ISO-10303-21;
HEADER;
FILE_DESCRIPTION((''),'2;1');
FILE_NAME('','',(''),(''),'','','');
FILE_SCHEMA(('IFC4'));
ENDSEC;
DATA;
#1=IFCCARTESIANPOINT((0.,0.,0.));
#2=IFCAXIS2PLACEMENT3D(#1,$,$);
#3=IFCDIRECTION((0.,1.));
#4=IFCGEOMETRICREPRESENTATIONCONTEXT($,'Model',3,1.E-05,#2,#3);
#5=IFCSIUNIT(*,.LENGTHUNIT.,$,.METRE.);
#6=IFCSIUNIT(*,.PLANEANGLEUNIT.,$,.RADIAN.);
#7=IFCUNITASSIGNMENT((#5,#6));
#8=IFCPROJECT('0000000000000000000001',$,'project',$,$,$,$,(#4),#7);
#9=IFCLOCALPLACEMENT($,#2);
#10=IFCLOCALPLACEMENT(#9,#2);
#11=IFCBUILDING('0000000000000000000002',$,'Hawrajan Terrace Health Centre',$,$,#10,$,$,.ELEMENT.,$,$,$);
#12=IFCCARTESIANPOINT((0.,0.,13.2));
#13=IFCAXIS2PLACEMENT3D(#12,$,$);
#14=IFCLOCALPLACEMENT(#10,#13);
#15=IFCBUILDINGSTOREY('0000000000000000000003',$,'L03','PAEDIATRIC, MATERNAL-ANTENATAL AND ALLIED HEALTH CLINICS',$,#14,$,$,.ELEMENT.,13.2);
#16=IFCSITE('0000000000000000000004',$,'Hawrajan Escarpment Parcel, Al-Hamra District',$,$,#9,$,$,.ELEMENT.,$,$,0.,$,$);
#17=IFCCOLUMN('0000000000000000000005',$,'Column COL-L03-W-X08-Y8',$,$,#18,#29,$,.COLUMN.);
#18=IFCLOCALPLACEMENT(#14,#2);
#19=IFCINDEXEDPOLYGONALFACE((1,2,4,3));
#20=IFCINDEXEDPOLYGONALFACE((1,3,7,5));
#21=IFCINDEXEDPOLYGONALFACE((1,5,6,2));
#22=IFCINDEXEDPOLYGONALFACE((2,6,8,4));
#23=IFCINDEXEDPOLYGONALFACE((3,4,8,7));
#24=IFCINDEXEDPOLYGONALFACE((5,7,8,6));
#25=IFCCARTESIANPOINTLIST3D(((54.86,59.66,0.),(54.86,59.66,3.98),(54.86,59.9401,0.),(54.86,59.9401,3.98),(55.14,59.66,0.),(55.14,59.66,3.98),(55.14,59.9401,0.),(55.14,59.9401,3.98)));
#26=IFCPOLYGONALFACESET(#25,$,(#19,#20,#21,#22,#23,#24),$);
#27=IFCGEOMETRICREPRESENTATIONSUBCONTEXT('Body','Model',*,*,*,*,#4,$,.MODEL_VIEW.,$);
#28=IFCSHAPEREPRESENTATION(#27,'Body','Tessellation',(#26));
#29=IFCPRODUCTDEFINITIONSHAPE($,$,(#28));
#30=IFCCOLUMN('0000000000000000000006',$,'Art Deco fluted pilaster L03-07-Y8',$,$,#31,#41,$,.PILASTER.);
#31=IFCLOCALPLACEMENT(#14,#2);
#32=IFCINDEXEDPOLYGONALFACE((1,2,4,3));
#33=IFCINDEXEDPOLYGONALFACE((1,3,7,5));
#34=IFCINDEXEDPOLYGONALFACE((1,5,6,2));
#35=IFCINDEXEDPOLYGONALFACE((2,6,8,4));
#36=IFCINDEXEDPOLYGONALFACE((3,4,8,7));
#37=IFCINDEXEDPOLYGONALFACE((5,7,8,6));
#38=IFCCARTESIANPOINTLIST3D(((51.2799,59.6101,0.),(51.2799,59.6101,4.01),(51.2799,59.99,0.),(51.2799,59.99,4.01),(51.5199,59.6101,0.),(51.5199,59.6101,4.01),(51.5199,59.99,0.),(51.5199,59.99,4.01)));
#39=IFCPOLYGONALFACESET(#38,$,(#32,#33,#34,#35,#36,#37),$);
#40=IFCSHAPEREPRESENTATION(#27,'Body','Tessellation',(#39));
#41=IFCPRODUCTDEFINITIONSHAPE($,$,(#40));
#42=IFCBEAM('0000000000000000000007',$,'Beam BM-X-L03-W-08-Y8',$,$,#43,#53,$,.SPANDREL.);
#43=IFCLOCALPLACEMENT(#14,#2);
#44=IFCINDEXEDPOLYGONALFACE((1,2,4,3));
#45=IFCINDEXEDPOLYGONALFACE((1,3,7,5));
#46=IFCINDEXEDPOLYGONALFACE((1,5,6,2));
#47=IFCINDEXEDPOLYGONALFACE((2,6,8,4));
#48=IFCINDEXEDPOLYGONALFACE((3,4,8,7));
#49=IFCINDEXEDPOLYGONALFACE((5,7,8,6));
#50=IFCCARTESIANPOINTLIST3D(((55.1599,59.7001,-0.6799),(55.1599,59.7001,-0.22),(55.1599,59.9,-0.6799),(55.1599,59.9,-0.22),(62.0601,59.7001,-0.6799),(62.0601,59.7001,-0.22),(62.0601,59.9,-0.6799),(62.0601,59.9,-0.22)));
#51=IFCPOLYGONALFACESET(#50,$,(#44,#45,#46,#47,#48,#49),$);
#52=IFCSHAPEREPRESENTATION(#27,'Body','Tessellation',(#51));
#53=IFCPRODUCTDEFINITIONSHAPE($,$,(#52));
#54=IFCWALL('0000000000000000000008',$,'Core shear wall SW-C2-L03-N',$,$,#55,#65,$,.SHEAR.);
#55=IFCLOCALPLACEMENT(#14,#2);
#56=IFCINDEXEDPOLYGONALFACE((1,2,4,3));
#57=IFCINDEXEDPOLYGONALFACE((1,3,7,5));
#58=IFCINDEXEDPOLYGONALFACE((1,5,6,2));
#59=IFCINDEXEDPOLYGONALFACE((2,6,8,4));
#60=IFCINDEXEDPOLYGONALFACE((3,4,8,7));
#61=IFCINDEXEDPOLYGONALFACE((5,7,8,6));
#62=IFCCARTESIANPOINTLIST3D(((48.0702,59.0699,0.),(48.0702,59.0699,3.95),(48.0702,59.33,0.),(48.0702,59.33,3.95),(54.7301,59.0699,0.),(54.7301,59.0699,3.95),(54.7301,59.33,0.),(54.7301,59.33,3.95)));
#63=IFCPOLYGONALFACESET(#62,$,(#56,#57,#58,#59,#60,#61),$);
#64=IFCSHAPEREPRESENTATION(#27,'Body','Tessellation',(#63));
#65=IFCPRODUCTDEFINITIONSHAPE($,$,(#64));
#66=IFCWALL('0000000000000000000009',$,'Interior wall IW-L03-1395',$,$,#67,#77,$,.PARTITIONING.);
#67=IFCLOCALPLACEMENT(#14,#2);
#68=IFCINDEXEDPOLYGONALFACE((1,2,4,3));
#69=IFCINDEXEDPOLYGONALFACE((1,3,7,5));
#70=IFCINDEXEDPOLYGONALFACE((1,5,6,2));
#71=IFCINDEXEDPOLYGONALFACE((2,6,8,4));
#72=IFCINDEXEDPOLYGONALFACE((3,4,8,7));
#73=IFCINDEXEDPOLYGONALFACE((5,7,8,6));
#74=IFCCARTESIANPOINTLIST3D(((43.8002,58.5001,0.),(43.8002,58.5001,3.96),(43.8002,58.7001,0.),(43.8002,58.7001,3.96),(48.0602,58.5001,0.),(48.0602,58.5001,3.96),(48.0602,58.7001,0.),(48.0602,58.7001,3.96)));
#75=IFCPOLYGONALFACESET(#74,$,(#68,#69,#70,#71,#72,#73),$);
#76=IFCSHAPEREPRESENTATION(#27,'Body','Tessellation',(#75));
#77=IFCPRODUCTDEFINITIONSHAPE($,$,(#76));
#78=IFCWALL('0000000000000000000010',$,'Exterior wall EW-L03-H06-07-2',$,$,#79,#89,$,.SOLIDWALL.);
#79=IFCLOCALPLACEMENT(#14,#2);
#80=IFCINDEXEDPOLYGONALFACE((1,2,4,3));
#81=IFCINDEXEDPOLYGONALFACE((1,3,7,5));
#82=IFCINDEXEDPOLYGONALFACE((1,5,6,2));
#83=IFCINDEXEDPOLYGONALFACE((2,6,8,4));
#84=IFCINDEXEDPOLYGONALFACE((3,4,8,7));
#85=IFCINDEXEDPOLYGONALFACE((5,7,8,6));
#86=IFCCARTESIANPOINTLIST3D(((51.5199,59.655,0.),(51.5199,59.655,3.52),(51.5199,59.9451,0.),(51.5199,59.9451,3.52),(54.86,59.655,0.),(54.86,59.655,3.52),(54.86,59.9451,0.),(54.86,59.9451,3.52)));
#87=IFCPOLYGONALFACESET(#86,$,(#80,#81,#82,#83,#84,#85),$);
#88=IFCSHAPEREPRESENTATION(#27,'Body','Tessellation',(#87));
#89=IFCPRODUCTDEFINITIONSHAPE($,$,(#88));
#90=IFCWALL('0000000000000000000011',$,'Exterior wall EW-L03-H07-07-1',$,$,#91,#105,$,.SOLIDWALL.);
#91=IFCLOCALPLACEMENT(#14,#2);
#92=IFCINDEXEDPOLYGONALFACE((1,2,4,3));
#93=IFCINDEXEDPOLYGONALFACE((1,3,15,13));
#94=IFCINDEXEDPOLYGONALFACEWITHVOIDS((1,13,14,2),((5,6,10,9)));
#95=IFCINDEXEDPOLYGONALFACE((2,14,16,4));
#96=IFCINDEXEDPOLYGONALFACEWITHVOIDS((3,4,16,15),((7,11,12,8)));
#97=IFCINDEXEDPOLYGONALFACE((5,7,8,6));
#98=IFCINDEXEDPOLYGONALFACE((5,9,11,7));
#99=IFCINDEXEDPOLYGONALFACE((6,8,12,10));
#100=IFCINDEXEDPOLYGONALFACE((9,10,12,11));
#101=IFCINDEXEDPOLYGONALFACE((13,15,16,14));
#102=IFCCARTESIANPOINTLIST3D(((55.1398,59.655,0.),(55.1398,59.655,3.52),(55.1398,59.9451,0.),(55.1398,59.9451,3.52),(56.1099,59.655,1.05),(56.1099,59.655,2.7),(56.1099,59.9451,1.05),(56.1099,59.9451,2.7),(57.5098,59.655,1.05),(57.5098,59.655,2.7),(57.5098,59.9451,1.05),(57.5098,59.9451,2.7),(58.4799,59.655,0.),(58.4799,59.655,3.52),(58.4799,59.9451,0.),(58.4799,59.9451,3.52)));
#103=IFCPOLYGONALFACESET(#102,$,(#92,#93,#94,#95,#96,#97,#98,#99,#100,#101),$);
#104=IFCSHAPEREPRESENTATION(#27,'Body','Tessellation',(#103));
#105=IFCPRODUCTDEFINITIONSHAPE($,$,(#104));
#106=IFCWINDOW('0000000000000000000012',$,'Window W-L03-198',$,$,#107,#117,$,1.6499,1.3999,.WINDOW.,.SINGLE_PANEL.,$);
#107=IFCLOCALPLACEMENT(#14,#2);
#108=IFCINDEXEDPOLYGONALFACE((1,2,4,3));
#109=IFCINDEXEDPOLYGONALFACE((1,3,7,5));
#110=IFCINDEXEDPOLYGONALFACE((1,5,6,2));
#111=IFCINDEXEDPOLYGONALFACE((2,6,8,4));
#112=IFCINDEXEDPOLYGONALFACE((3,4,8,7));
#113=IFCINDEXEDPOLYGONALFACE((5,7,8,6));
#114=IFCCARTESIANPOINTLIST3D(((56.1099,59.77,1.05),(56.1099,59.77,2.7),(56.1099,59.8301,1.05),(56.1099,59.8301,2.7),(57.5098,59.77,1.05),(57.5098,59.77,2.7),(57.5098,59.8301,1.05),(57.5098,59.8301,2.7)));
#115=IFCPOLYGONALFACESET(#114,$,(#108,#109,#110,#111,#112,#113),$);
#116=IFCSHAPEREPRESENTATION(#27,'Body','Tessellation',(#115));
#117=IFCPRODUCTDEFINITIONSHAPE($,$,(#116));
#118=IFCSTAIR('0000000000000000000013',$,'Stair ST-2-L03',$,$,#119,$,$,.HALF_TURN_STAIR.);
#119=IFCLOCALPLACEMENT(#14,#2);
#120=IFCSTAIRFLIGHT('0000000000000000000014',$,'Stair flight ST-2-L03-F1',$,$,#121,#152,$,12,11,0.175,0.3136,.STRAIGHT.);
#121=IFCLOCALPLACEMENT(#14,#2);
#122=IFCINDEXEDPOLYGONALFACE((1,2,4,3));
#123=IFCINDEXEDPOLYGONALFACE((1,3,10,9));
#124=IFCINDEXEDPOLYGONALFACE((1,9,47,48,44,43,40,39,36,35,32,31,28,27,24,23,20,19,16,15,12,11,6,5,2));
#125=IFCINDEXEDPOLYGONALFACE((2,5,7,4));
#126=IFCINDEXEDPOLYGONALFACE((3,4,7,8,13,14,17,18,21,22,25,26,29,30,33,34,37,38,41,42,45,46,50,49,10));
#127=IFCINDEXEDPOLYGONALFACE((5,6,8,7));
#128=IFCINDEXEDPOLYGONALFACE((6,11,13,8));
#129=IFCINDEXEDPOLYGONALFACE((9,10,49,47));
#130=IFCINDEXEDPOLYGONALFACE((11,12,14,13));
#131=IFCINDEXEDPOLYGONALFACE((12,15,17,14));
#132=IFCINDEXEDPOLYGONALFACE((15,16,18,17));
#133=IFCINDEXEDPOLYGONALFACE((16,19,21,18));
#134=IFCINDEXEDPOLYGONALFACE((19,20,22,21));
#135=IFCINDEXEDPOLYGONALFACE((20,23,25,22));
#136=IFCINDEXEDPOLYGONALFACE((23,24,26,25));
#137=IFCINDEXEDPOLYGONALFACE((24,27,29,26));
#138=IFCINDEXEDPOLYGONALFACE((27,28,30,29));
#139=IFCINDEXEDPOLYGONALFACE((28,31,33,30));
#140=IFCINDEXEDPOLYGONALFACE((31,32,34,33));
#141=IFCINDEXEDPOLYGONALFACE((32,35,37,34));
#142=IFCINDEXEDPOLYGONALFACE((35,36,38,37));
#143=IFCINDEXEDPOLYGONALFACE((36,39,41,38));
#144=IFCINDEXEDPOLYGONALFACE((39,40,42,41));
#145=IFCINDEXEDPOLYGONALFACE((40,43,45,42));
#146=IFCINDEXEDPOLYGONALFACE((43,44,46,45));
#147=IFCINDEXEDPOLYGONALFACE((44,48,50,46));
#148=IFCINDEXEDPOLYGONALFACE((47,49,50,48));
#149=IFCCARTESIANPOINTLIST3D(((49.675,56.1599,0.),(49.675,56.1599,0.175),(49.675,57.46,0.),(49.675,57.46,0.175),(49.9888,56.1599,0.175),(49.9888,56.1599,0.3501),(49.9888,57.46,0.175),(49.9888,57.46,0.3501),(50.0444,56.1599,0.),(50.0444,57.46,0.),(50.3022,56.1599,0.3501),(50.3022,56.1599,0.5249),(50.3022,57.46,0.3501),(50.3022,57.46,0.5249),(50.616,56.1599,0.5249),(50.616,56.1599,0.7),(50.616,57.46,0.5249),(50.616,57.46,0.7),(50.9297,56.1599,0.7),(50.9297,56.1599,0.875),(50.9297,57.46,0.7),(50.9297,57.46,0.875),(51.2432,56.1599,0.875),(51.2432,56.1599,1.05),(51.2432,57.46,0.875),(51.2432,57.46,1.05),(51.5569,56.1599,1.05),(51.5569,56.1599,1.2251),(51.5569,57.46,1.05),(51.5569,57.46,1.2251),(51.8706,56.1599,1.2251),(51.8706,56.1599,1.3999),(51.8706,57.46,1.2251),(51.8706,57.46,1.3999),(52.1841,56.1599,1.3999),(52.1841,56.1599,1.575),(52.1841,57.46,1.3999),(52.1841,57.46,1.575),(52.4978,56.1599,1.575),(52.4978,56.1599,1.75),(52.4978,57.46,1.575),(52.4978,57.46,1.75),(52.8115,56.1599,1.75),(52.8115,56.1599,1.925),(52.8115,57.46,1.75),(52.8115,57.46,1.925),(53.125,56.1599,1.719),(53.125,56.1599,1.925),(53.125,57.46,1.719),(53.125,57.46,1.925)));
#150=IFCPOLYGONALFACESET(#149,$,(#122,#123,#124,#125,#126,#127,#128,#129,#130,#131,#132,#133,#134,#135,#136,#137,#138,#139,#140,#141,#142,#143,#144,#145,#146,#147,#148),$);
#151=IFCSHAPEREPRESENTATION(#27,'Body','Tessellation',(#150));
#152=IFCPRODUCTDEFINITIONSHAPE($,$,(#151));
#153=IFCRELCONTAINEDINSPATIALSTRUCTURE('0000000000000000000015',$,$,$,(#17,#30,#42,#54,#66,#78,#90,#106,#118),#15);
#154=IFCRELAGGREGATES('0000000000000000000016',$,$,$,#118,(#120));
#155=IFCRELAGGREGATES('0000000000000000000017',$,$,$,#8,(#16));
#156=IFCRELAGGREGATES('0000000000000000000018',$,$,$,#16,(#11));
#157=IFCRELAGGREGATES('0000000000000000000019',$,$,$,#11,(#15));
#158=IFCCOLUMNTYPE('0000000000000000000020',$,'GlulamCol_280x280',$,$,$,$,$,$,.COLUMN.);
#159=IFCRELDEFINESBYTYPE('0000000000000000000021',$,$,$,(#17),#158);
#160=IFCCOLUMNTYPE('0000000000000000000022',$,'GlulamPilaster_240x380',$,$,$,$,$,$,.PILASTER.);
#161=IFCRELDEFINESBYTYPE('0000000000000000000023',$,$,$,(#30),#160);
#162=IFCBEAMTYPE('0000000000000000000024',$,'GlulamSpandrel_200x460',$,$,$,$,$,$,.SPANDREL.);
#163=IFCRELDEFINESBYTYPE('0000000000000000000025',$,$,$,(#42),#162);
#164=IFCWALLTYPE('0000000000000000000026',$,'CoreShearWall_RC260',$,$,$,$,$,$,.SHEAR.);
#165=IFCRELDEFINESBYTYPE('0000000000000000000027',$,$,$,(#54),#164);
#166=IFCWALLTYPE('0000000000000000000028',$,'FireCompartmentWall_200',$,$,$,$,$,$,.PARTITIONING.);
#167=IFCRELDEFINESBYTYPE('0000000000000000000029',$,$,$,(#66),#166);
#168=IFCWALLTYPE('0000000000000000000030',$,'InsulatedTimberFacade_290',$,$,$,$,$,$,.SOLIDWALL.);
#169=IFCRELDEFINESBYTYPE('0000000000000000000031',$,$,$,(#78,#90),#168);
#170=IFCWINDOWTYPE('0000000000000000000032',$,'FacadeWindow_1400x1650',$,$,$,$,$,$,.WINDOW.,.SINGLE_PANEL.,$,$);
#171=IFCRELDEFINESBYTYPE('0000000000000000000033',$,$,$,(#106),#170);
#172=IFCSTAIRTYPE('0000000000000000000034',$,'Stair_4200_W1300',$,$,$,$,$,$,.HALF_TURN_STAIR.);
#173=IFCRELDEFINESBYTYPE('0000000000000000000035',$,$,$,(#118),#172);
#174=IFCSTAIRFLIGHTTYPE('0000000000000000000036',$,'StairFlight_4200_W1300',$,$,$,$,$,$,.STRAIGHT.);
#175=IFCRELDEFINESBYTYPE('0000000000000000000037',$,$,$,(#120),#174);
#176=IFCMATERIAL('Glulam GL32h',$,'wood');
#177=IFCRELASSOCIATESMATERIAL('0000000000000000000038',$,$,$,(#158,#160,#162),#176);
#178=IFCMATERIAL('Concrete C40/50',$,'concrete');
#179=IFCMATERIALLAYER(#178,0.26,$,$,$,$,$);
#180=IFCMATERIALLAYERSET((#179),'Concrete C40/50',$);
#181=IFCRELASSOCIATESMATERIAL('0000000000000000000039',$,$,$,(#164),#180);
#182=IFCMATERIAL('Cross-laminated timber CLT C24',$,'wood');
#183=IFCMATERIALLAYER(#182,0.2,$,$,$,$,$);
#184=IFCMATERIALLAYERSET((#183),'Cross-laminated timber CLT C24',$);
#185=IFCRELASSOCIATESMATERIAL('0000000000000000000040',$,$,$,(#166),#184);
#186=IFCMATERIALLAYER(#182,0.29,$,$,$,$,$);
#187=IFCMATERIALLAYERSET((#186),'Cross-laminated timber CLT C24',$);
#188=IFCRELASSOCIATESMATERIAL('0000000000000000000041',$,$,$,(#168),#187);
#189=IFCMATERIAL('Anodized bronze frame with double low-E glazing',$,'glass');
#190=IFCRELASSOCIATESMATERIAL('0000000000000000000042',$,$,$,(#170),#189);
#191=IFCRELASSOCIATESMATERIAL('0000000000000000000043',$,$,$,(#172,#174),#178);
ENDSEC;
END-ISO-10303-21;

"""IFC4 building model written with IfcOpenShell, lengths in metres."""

from ifc_helpers import new_model, si_unit, direction, frame, frame_2d, origin, origin_2d, place, context, subcontext, project, spatial, polyline, rectangle, outline, extrude, material, layer, layer_set, material_profile, profile_set, type_object, element, fill, aggregate, save


model = new_model("IFC4")

# Units and contexts
model_context = context("Model", 3, precision=1e-05, world=origin(), true_north=direction((0.0, 1.0)))
body_context = subcontext(model_context, "Body", "Model", "MODEL_VIEW")
ifc_project = project(units=[si_unit("LENGTHUNIT", "METRE"), si_unit("PLANEANGLEUNIT", "RADIAN")], contexts=[model_context])

# Site, building, storey
site_placement = place(None, origin())
site = spatial("IfcSite", under=ifc_project, at=site_placement, Name="Hawrajan Escarpment Parcel, Al-Hamra District", CompositionType="ELEMENT", RefElevation=0.0)
building_placement = place(site_placement, origin())
building = spatial("IfcBuilding", under=site, at=building_placement, Name="Hawrajan Terrace Health Centre", CompositionType="ELEMENT")
storey_placement = place(building_placement, frame((0.0, 0.0, 13.2)))
storey = spatial("IfcBuildingStorey", under=building, at=storey_placement, Name="L03", Description="PAEDIATRIC, MATERNAL-ANTENATAL AND ALLIED HEALTH CLINICS", CompositionType="ELEMENT", Elevation=13.2)

# Columns
ifc_material_1 = material(Name="Glulam GL32h", Category="wood")
ifc_material_profile_1 = material_profile(ifc_material_1, rectangle(XDim=0.28, YDim=0.28, at=origin_2d()), Name="GL 280x280")
ifc_profile_set_1 = profile_set([ifc_material_profile_1], Name="Glulam GL32h")
column_type_1 = type_object("IfcColumnType", Name="GlulamCol_280x280", PredefinedType="COLUMN", material=ifc_profile_set_1)
column_1_placement = place(storey_placement, frame((55.0, 59.8, 0.0), z_axis=(0.0, 0.0, 1.0), x_axis=(1.0, 0.0, 0.0)))
element("IfcColumn", 1, at=column_1_placement, inside=storey, type_object=column_type_1, Name="Column COL-L03-W-X08-Y8", PredefinedType="COLUMN", context=body_context, shape_type="SweptSolid", body=[
    extrude(rectangle(XDim=0.28, YDim=0.28, at=origin_2d()), origin(), (0.0, 0.0, 1.0), 3.98),
])
ifc_material_profile_2 = material_profile(ifc_material_1, rectangle(XDim=0.24, YDim=0.3799, at=origin_2d()), Name="GL PIL 240x380")
ifc_profile_set_2 = profile_set([ifc_material_profile_2], Name="Glulam GL32h")
column_type_2 = type_object("IfcColumnType", Name="GlulamPilaster_240x380", PredefinedType="PILASTER", material=ifc_profile_set_2)
column_2_placement = place(storey_placement, frame((51.3999, 59.8, 0.0), z_axis=(0.0, 0.0, 1.0), x_axis=(1.0, 0.0, 0.0)))
element("IfcColumn", 2, at=column_2_placement, inside=storey, type_object=column_type_2, Name="Art Deco fluted pilaster L03-07-Y8", PredefinedType="PILASTER", context=body_context, shape_type="SweptSolid", body=[
    extrude(rectangle(XDim=0.24, YDim=0.3799, at=origin_2d()), origin(), (0.0, 0.0, 1.0), 4.01),
])

# Beam
ifc_material_profile_3 = material_profile(ifc_material_1, rectangle(XDim=0.2, YDim=0.46, at=origin_2d()), Name="GL SP 200x460")
ifc_profile_set_3 = profile_set([ifc_material_profile_3], Name="Glulam GL32h")
beam_type = type_object("IfcBeamType", Name="GlulamSpandrel_200x460", PredefinedType="SPANDREL", material=ifc_profile_set_3)
beam_placement = place(storey_placement, frame((55.1599, 59.8, -0.45), z_axis=(1.0, 0.0, 0.0), x_axis=(0.0, 1.0, 0.0)))
element("IfcBeam", 3, at=beam_placement, inside=storey, type_object=beam_type, Name="Beam BM-X-L03-W-08-Y8", PredefinedType="SPANDREL", context=body_context, shape_type="SweptSolid", body=[
    extrude(rectangle(XDim=0.2, YDim=0.46, at=origin_2d()), origin(), (0.0, 0.0, 1.0), 6.9001),
])

# Walls
ifc_material_2 = material(Name="Concrete C40/50", Category="concrete")
ifc_layer_1 = layer(ifc_material_2, 0.26)
ifc_layer_set_1 = layer_set([ifc_layer_1], Name="Concrete C40/50")
wall_type_1 = type_object("IfcWallType", Name="CoreShearWall_RC260", PredefinedType="SHEAR", material=ifc_layer_set_1)
wall_1_placement = place(storey_placement, frame((48.0701, 59.2, 0.0), z_axis=(0.0, 0.0, 1.0), x_axis=(1.0, 0.0, 0.0)))
element("IfcWall", 4, at=wall_1_placement, inside=storey, type_object=wall_type_1, Name="Core shear wall SW-C2-L03-N", PredefinedType="SHEAR", context=body_context, shape_type="SweptSolid", body=[
    extrude(rectangle(XDim=6.6599, YDim=0.26, at=frame_2d((3.3301, 0.0))), origin(), (0.0, 0.0, 1.0), 3.95),
])
ifc_material_3 = material(Name="Cross-laminated timber CLT C24", Category="wood")
ifc_layer_2 = layer(ifc_material_3, 0.2)
ifc_layer_set_2 = layer_set([ifc_layer_2], Name="Cross-laminated timber CLT C24")
wall_type_2 = type_object("IfcWallType", Name="FireCompartmentWall_200", PredefinedType="PARTITIONING", material=ifc_layer_set_2)
wall_2_placement = place(storey_placement, frame((48.0601, 58.6001, 0.0), z_axis=(0.0, 0.0, 1.0), x_axis=(-1.0, 0.0, 0.0)))
element("IfcWall", 5, at=wall_2_placement, inside=storey, type_object=wall_type_2, Name="Interior wall IW-L03-1395", PredefinedType="PARTITIONING", context=body_context, shape_type="SweptSolid", body=[
    extrude(rectangle(XDim=4.26, YDim=0.2, at=frame_2d((2.1299, 0.0))), origin(), (0.0, 0.0, 1.0), 3.96),
])
ifc_layer_3 = layer(ifc_material_3, 0.29)
ifc_layer_set_3 = layer_set([ifc_layer_3], Name="Cross-laminated timber CLT C24")
wall_type_3 = type_object("IfcWallType", Name="InsulatedTimberFacade_290", PredefinedType="SOLIDWALL", material=ifc_layer_set_3)
wall_3_placement = place(storey_placement, frame((51.52, 59.8, 0.0), z_axis=(0.0, 0.0, 1.0), x_axis=(1.0, 0.0, 0.0)))
element("IfcWall", 6, at=wall_3_placement, inside=storey, type_object=wall_type_3, Name="Exterior wall EW-L03-H06-07-2", PredefinedType="SOLIDWALL", context=body_context, shape_type="SweptSolid", body=[
    extrude(rectangle(XDim=3.3401, YDim=0.29, at=frame_2d((1.6699, 0.0))), origin(), (0.0, 0.0, 1.0), 3.52),
])

# Wall, opening, window
wall_4_placement = place(storey_placement, frame((55.1399, 59.8, 0.0), z_axis=(0.0, 0.0, 1.0), x_axis=(1.0, 0.0, 0.0)))
wall_4 = element("IfcWall", 7, at=wall_4_placement, inside=storey, type_object=wall_type_3, Name="Exterior wall EW-L03-H07-07-1", PredefinedType="SOLIDWALL", context=body_context, shape_type="SweptSolid", body=[
    extrude(rectangle(XDim=3.3401, YDim=0.29, at=frame_2d((1.6699, 0.0))), origin(), (0.0, 0.0, 1.0), 3.52),
])
opening_placement = place(wall_4_placement, frame((0.97, 0.0, 1.05)))
opening = element("IfcOpeningElement", 8, at=opening_placement, cuts=wall_4, PredefinedType="OPENING", context=body_context, shape_type="SweptSolid", body=[
    extrude(rectangle(XDim=1.3999, YDim=1.6499, at=frame_2d((0.7, 0.825))), frame((0.0, 0.155, 0.0), z_axis=(0.0, -1.0, 0.0), x_axis=(1.0, 0.0, 0.0)), (0.0, 0.0, 1.0), 0.3101),
])
ifc_material_4 = material(Name="Anodized bronze frame with double low-E glazing", Category="glass")
window_type = type_object("IfcWindowType", Name="FacadeWindow_1400x1650", PartitioningType="SINGLE_PANEL", PredefinedType="WINDOW", material=ifc_material_4)
window_placement = place(opening_placement, origin())
window = element("IfcWindow", 9, at=window_placement, inside=storey, type_object=window_type, Name="Window W-L03-198", OverallHeight=1.6499, OverallWidth=1.3999, PartitioningType="SINGLE_PANEL", PredefinedType="WINDOW", context=body_context, shape_type="SweptSolid", body=[
    extrude(rectangle(XDim=1.3999, YDim=1.6499, at=frame_2d((0.7, 0.825))), frame((0.0, 0.03, 0.0), z_axis=(0.0, -1.0, 0.0), x_axis=(1.0, 0.0, 0.0)), (0.0, 0.0, 1.0), 0.0601),
])
fill(opening, window)

# Stair, stair flight
stair_type = type_object("IfcStairType", Name="Stair_4200_W1300", PredefinedType="HALF_TURN_STAIR", material=ifc_material_2)
stair_placement = place(storey_placement, origin())
stair = element("IfcStair", 10, at=stair_placement, inside=storey, type_object=stair_type, Name="Stair ST-2-L03", PredefinedType="HALF_TURN_STAIR")
stair_flight_type = type_object("IfcStairFlightType", Name="StairFlight_4200_W1300", PredefinedType="STRAIGHT", material=ifc_material_2)
stair_flight_1_placement = place(storey_placement, frame((49.675, 56.8101, 0.0), z_axis=(0.0, 0.0, 1.0), x_axis=(1.0, 0.0, 0.0)))
stair_flight_1 = element("IfcStairFlight", 11, at=stair_flight_1_placement, type_object=stair_flight_type, Name="Stair flight ST-2-L03-F1", NumberOfRisers=12, NumberOfTreads=11, PredefinedType="STRAIGHT", RiserHeight=0.175, TreadLength=0.3136, context=body_context, shape_type="SweptSolid", body=[
    extrude(outline(polyline([(0.0, 0.0), (0.0, 0.175), (0.3137, 0.175), (0.3137, 0.3501), (0.6272, 0.3501), (0.6272, 0.5249), (0.9409, 0.5249), (0.9409, 0.7), (1.2546, 0.7), (1.2546, 0.875), (1.5681, 0.875), (1.5681, 1.05), (1.8818, 1.05), (1.8818, 1.2251), (2.1956, 1.2251), (2.1956, 1.3999), (2.509, 1.3999), (2.509, 1.575), (2.8228, 1.575), (2.8228, 1.75), (3.1365, 1.75), (3.1365, 1.925), (3.45, 1.925), (3.45, 2.1001), (3.45, 1.719), (0.3694, 0.0), (0.0, 0.0)])), frame((0.0, 0.6499, 0.0), z_axis=(0.0, -1.0, 0.0), x_axis=(1.0, 0.0, 0.0)), (0.0, 0.0, 1.0), 1.3),
])
aggregate(stair, [stair_flight_1])

save(model, "model.ifc")
